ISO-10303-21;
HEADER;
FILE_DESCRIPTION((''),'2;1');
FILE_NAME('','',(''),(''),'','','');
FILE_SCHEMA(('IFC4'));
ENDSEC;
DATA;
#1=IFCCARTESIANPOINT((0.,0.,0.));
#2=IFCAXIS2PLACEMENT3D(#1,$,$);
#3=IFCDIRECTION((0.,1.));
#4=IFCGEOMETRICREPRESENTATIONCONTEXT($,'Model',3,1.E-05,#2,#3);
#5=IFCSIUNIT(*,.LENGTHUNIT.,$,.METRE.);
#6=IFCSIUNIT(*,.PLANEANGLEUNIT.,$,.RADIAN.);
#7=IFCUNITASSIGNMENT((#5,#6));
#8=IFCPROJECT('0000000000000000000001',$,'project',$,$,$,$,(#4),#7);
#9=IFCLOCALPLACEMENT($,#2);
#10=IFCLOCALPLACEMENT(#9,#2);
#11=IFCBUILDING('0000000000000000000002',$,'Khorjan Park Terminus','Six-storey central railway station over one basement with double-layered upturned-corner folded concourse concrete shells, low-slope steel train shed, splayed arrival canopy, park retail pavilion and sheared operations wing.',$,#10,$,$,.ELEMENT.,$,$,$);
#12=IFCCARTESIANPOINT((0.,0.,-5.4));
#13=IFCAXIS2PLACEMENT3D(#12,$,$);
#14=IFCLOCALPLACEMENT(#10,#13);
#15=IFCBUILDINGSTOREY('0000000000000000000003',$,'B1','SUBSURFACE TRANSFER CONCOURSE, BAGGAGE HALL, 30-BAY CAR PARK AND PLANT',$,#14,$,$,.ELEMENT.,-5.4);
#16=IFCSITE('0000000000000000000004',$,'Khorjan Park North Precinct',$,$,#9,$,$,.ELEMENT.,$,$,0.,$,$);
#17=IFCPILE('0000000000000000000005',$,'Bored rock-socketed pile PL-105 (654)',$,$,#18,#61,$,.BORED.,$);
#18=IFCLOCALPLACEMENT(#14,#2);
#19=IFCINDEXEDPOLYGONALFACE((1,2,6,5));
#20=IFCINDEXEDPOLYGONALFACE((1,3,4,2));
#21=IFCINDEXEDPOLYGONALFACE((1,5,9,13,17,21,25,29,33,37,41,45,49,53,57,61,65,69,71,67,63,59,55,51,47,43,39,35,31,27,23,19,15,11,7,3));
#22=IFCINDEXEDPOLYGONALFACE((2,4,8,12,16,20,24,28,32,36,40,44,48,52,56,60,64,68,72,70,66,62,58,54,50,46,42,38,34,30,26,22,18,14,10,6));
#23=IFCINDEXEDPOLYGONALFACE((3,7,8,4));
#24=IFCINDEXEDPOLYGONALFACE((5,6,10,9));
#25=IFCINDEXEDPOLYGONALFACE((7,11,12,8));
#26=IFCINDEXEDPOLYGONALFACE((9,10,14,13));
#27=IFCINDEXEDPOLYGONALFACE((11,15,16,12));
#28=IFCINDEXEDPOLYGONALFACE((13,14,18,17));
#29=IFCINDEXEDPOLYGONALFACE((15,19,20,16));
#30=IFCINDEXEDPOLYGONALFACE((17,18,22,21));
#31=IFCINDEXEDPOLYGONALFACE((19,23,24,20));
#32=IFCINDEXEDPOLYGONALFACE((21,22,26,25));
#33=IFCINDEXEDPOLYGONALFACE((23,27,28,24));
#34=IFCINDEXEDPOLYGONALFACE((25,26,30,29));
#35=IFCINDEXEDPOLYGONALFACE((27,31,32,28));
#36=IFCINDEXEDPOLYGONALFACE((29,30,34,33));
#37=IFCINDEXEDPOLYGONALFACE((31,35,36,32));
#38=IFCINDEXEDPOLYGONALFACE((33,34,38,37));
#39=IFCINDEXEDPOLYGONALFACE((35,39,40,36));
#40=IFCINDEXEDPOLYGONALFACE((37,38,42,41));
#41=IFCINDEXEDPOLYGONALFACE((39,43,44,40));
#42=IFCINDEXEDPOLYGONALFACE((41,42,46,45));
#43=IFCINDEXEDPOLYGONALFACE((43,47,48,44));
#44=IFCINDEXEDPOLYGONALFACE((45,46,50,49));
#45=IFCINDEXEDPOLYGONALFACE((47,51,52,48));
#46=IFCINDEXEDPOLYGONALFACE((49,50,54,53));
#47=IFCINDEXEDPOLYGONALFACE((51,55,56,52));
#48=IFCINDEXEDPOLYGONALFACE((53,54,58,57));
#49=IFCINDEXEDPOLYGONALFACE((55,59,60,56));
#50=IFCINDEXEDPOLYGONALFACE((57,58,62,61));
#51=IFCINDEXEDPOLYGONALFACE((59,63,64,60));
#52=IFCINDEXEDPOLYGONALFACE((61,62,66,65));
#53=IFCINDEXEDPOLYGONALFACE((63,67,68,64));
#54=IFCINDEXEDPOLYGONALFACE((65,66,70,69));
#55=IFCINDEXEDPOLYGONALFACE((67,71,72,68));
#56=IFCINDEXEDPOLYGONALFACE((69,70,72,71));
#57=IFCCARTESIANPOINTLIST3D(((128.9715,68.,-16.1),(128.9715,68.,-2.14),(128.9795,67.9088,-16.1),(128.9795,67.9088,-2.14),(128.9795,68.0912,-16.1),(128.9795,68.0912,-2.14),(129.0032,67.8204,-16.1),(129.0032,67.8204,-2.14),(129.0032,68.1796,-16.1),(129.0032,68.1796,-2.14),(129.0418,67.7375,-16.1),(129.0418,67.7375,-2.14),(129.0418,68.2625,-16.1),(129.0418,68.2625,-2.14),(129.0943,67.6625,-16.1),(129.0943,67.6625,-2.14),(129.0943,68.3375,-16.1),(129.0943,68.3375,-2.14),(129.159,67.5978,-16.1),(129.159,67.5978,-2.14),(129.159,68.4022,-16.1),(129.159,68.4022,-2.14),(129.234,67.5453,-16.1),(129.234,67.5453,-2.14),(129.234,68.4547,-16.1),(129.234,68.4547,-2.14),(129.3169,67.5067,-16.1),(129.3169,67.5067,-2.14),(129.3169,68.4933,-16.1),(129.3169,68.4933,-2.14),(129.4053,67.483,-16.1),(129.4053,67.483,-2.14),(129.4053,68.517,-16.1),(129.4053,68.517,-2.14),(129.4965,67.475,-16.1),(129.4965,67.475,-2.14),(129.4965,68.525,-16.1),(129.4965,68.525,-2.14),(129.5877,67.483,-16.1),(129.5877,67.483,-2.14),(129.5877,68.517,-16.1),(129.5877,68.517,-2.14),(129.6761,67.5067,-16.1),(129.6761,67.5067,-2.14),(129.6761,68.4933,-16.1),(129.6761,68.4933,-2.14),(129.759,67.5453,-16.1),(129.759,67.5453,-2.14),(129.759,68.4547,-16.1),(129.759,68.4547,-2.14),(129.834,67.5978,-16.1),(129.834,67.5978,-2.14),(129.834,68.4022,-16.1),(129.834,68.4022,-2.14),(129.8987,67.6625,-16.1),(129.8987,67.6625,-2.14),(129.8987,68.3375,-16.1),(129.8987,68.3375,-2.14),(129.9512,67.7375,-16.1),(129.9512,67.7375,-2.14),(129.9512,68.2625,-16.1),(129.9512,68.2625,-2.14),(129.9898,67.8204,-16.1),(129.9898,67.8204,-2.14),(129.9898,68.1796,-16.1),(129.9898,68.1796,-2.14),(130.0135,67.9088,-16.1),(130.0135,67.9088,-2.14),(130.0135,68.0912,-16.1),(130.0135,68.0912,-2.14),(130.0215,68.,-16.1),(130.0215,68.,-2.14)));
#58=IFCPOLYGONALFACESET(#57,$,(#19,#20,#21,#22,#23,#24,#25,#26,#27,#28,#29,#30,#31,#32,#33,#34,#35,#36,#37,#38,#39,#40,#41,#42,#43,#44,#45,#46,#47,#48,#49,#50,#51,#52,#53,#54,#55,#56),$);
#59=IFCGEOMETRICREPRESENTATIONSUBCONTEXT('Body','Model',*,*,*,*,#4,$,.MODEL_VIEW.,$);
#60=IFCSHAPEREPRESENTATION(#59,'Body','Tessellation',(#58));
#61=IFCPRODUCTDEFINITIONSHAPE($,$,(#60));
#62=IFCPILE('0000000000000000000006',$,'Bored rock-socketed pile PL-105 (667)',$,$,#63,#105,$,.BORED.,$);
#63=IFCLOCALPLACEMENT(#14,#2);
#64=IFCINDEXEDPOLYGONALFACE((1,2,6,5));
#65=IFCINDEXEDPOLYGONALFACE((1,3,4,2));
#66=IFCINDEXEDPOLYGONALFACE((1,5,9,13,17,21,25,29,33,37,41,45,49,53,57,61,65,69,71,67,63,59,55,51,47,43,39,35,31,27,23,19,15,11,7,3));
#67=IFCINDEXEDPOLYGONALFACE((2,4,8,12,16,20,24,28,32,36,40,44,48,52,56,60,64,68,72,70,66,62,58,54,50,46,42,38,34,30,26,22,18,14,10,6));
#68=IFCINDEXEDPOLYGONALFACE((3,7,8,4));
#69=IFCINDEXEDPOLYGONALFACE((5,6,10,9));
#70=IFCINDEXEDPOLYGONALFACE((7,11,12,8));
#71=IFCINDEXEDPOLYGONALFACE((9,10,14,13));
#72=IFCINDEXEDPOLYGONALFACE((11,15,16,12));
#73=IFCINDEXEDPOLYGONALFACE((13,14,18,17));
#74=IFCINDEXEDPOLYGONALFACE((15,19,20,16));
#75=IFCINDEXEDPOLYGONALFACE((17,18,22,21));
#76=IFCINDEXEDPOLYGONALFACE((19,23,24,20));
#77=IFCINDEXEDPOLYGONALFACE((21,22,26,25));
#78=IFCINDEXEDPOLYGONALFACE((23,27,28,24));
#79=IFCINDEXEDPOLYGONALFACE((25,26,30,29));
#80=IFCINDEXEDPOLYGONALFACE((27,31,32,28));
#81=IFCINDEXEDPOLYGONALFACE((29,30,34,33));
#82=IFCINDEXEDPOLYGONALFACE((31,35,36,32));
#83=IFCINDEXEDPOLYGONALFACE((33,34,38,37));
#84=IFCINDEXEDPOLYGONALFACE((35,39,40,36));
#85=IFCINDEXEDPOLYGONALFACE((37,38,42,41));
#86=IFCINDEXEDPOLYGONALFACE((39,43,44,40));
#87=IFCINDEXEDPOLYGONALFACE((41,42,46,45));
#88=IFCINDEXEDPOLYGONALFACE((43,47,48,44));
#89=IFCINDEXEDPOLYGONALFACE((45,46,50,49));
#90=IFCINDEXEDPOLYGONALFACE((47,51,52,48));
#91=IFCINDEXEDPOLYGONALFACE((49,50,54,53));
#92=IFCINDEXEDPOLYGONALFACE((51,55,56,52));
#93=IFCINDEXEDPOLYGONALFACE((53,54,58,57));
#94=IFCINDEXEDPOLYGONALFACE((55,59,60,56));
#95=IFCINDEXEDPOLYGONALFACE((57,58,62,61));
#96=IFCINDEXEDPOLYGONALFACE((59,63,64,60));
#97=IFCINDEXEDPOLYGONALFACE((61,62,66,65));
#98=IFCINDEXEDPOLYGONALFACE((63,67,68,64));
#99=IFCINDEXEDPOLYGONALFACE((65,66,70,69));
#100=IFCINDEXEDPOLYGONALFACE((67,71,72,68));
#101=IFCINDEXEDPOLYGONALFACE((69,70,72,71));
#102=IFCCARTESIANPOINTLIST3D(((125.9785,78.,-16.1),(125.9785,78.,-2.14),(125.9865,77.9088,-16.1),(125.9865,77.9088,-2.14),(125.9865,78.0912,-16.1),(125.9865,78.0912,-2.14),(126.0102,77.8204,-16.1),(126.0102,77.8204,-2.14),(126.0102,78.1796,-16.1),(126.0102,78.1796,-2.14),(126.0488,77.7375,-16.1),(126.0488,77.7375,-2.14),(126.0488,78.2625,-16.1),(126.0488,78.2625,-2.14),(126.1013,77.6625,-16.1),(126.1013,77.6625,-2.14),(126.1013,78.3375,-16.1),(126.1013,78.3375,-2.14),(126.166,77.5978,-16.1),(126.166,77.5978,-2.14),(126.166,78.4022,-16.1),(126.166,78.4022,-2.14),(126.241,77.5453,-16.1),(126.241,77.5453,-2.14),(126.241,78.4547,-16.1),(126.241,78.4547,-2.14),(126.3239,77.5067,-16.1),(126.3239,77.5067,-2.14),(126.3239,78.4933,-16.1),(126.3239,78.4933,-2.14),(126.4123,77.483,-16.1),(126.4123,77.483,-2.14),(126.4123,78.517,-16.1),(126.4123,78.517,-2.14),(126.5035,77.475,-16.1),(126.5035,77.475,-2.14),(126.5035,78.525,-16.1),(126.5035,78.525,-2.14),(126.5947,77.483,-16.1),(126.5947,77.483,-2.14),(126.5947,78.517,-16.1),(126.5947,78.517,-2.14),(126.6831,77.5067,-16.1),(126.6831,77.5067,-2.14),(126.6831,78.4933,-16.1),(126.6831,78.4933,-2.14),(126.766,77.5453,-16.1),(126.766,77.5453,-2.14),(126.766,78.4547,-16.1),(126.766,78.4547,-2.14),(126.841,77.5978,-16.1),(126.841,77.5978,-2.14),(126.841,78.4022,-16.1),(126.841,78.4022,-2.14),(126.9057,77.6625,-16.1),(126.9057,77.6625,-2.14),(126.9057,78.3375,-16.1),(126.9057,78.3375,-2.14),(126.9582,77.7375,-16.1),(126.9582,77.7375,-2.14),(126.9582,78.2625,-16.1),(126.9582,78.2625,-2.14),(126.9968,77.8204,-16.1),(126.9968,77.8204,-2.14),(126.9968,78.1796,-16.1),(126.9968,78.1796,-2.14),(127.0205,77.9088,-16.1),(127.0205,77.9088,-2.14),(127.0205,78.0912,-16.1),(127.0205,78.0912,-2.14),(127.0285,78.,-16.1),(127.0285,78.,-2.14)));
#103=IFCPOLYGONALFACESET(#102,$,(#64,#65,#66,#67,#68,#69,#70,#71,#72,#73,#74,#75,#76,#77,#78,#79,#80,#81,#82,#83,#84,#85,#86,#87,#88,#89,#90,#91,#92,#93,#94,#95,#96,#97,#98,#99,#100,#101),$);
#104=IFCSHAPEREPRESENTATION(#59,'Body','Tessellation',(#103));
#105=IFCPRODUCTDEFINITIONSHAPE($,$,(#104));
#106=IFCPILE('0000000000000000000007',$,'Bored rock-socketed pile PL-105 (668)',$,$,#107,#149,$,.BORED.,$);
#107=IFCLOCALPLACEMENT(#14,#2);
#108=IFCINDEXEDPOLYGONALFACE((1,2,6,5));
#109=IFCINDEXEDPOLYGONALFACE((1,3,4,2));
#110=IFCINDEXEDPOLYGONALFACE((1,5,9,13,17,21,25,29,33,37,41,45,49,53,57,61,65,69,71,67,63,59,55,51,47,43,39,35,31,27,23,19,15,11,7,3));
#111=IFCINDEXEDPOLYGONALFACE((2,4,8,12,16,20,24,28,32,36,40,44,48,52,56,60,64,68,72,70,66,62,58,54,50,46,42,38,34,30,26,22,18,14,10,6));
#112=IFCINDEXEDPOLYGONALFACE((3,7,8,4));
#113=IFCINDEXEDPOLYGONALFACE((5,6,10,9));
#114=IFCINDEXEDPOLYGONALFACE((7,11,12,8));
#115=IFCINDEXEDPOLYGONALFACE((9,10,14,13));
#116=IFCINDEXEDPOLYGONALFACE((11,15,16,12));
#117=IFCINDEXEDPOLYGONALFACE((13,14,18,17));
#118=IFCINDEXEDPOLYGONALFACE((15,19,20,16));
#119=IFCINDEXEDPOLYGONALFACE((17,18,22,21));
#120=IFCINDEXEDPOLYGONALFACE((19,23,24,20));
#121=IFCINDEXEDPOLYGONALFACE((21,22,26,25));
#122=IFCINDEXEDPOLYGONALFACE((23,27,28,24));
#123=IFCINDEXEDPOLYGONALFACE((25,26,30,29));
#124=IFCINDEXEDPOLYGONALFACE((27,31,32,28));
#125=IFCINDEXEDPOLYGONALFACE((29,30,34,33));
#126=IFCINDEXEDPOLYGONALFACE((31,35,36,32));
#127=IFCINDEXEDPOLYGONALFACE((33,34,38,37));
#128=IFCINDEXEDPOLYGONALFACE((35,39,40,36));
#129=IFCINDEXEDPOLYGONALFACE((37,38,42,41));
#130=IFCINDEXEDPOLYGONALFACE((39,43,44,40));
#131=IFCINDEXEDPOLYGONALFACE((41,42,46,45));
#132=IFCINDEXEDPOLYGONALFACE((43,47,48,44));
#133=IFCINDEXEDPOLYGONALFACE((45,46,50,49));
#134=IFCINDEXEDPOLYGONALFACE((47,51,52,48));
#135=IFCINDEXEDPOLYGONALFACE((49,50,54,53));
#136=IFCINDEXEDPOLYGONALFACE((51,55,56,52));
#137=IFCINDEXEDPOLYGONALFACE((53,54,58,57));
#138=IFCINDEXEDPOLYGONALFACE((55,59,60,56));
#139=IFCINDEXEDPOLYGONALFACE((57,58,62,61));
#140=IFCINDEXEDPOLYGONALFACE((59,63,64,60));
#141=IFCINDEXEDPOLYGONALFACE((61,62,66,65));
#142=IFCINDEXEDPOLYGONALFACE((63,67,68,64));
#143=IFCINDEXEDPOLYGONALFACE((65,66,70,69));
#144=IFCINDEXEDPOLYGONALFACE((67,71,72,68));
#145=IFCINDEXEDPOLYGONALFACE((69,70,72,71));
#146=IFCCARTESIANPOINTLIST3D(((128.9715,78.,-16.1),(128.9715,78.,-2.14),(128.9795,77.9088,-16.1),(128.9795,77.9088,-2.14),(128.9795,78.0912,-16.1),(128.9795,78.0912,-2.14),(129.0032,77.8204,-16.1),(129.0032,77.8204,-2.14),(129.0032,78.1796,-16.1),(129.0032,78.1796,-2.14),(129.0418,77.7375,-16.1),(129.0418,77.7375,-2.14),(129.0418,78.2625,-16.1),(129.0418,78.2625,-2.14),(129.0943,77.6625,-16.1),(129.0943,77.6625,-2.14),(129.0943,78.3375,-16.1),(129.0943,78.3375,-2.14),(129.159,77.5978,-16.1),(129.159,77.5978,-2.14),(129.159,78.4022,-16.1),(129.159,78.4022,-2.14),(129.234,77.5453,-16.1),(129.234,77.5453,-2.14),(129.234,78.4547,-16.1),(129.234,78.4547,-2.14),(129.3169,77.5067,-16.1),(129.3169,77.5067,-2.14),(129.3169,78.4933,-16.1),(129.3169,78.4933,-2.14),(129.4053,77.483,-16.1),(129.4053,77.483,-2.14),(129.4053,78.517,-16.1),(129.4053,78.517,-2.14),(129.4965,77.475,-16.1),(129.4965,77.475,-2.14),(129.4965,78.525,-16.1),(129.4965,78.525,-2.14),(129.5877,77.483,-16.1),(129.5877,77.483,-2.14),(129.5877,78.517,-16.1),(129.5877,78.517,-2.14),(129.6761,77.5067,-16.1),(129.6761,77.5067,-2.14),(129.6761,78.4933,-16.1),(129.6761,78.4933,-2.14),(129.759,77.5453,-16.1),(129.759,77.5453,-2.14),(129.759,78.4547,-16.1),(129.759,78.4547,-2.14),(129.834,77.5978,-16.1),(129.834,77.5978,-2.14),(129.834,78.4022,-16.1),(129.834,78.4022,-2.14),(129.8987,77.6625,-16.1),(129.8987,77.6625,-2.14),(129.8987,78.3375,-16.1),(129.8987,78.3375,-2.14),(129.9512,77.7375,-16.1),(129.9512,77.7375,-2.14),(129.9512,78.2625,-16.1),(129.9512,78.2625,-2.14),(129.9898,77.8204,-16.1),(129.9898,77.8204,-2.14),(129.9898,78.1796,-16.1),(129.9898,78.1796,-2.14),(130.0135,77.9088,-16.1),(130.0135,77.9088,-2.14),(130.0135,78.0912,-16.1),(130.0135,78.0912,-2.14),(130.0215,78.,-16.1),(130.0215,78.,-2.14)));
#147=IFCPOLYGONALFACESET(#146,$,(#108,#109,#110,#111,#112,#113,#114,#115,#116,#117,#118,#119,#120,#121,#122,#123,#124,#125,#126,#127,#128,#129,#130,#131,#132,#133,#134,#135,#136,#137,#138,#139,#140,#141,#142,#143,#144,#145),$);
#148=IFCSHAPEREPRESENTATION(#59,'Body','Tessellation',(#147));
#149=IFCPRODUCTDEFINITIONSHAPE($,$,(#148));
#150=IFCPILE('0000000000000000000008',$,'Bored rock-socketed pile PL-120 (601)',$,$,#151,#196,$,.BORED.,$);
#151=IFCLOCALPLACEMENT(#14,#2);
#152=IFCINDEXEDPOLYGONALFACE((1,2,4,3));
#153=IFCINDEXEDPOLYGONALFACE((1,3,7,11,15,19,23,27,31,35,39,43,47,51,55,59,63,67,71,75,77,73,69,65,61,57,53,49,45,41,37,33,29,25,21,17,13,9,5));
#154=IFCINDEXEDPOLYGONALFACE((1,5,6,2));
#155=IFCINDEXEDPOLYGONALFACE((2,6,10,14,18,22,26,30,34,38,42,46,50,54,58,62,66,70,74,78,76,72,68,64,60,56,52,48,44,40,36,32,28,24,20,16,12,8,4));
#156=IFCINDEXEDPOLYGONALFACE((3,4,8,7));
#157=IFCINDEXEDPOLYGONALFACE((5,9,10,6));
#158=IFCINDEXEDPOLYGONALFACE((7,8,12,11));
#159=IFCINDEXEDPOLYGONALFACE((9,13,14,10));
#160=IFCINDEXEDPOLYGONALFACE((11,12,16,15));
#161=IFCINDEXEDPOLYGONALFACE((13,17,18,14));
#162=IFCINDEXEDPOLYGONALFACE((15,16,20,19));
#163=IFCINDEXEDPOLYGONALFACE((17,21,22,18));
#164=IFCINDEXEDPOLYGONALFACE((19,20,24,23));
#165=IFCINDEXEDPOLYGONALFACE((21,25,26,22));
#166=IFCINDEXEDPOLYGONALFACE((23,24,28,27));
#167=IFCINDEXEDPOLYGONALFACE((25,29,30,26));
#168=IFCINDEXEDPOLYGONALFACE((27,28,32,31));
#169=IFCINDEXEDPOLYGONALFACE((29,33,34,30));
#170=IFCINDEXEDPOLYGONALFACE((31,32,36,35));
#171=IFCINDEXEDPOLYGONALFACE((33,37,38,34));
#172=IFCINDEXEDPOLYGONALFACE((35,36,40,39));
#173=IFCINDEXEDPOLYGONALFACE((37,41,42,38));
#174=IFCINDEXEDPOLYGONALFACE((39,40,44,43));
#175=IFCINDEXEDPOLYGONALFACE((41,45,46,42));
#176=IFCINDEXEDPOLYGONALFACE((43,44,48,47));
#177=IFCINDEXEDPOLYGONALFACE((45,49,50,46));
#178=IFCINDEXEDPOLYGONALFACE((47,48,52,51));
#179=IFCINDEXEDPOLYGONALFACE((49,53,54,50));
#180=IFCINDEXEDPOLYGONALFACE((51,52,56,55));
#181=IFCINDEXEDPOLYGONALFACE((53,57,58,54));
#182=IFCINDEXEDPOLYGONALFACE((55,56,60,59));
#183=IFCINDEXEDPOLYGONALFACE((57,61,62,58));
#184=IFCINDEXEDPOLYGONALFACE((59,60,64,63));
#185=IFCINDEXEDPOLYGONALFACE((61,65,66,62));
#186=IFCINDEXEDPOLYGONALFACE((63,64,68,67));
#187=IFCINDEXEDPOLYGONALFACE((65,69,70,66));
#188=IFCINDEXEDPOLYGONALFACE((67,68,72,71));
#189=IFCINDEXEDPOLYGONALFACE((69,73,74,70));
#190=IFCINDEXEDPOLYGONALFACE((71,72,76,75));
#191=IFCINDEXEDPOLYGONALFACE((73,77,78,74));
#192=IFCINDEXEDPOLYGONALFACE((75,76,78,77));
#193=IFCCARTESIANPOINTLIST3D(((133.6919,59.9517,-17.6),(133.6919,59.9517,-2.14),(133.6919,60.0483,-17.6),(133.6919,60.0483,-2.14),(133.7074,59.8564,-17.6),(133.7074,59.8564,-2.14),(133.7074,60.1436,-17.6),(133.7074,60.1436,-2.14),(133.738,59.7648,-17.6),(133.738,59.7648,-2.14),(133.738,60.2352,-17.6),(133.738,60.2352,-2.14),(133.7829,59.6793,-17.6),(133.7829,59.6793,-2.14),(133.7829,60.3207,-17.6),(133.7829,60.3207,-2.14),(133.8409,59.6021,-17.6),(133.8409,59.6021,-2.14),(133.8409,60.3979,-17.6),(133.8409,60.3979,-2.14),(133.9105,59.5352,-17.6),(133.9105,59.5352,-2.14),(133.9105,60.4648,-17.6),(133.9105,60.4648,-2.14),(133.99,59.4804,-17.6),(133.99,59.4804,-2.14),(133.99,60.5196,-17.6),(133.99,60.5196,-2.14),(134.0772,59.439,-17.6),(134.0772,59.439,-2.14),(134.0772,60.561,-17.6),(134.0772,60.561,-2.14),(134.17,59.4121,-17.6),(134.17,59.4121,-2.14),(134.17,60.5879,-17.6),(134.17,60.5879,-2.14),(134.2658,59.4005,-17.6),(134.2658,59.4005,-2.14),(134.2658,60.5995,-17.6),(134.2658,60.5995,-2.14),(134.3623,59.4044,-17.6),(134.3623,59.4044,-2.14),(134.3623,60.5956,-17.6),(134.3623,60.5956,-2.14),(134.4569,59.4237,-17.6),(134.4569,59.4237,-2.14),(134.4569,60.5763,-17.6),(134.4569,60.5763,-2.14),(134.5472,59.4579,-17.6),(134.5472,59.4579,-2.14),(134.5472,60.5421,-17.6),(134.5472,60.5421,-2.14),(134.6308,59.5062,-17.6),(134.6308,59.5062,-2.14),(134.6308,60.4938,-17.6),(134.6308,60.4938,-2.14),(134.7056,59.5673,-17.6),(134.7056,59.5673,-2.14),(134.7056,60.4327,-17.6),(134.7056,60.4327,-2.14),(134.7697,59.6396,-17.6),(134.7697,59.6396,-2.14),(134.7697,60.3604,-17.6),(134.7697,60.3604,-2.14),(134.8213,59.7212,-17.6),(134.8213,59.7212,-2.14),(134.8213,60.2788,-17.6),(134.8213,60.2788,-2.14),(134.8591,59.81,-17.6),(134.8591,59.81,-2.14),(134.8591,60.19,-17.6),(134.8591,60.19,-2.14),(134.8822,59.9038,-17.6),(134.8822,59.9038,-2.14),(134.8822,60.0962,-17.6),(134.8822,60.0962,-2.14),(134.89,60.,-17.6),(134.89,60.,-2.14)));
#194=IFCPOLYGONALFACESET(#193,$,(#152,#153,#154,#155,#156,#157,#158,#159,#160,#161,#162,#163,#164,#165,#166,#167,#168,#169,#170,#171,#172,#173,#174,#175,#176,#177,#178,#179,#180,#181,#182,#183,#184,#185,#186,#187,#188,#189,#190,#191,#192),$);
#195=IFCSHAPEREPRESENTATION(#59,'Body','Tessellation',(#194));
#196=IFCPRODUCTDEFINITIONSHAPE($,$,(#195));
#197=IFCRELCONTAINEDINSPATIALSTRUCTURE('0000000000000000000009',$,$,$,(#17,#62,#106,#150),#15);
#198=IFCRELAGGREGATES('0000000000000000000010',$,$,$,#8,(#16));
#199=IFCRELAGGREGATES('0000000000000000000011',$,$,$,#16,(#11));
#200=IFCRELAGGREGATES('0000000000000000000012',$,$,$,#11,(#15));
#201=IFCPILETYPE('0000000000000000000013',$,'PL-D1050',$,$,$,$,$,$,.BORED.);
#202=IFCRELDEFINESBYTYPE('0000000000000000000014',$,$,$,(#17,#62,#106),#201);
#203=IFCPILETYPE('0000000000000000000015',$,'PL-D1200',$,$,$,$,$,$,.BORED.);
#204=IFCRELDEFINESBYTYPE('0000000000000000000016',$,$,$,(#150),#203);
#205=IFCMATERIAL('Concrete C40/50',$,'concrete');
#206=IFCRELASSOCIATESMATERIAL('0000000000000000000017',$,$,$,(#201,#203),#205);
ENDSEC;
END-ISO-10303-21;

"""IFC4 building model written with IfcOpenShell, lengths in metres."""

from ifc_helpers import new_model, si_unit, direction, frame, origin, origin_2d, place, context, subcontext, project, spatial, circle, extrude, material, material_profile, profile_set, type_object, element, save


model = new_model("IFC4")

# Units and contexts
model_context = context("Model", 3, precision=1e-05, world=origin(), true_north=direction((0.0, 1.0)))
body_context = subcontext(model_context, "Body", "Model", "MODEL_VIEW")
ifc_project = project(units=[si_unit("LENGTHUNIT", "METRE"), si_unit("PLANEANGLEUNIT", "RADIAN")], contexts=[model_context])

# Site, building, storey
site_placement = place(None, origin())
site = spatial("IfcSite", under=ifc_project, at=site_placement, Name="Khorjan Park North Precinct", CompositionType="ELEMENT", RefElevation=0.0)
building_placement = place(site_placement, origin())
building = spatial("IfcBuilding", under=site, at=building_placement, Name="Khorjan Park Terminus", Description="Six-storey central railway station over one basement with double-layered upturned-corner folded concourse concrete shells, low-slope steel train shed, splayed arrival canopy, park retail pavilion and sheared operations wing.", CompositionType="ELEMENT")
storey_placement = place(building_placement, frame((0.0, 0.0, -5.4)))
storey = spatial("IfcBuildingStorey", under=building, at=storey_placement, Name="B1", Description="SUBSURFACE TRANSFER CONCOURSE, BAGGAGE HALL, 30-BAY CAR PARK AND PLANT", CompositionType="ELEMENT", Elevation=-5.4)

# Shared definitions
ifc_material_1 = material(Name="Concrete C40/50", Category="concrete")

# Piles
ifc_material_profile_1 = material_profile(ifc_material_1, circle(Radius=0.525, at=origin_2d()), Name="BORED D1050")
ifc_profile_set_1 = profile_set([ifc_material_profile_1], Name="Concrete C40/50")
pile_type_1 = type_object("IfcPileType", Name="PL-D1050", PredefinedType="BORED", material=ifc_profile_set_1)
for number, where, z_axis, x_axis, name in (
    (1, (129.4965, 68.0, -2.14), (0.0, 0.0, -1.0), (1.0, 0.0, 0.0), "Bored rock-socketed pile PL-105 (654)"),
    (2, (126.5035, 78.0, -2.14), (0.0, 0.0, -1.0), (1.0, 0.0, 0.0), "Bored rock-socketed pile PL-105 (667)"),
    (3, (129.4965, 78.0, -2.14), (0.0, 0.0, -1.0), (1.0, 0.0, 0.0), "Bored rock-socketed pile PL-105 (668)"),
):
    element("IfcPile", number, at=place(storey_placement, frame(where, z_axis=z_axis, x_axis=x_axis)), inside=storey, type_object=pile_type_1, Name=name, PredefinedType="BORED", context=body_context, shape_type="SweptSolid", body=[
        extrude(circle(Radius=0.525, at=origin_2d()), origin(), (0.0, 0.0, 1.0), 13.96),
    ])
ifc_material_profile_2 = material_profile(ifc_material_1, circle(Radius=0.6, at=origin_2d()), Name="BORED D1200")
ifc_profile_set_2 = profile_set([ifc_material_profile_2], Name="Concrete C40/50")
pile_type_2 = type_object("IfcPileType", Name="PL-D1200", PredefinedType="BORED", material=ifc_profile_set_2)
for number, where, z_axis, x_axis, name in (
    (4, (134.29, 60.0, -2.14), (0.0, 0.0, -1.0), (1.0, 0.0, 0.0), "Bored rock-socketed pile PL-120 (601)"),
):
    element("IfcPile", number, at=place(storey_placement, frame(where, z_axis=z_axis, x_axis=x_axis)), inside=storey, type_object=pile_type_2, Name=name, PredefinedType="BORED", context=body_context, shape_type="SweptSolid", body=[
        extrude(circle(Radius=0.6, at=origin_2d()), origin(), (0.0, 0.0, 1.0), 15.46),
    ])

save(model, "model.ifc")
